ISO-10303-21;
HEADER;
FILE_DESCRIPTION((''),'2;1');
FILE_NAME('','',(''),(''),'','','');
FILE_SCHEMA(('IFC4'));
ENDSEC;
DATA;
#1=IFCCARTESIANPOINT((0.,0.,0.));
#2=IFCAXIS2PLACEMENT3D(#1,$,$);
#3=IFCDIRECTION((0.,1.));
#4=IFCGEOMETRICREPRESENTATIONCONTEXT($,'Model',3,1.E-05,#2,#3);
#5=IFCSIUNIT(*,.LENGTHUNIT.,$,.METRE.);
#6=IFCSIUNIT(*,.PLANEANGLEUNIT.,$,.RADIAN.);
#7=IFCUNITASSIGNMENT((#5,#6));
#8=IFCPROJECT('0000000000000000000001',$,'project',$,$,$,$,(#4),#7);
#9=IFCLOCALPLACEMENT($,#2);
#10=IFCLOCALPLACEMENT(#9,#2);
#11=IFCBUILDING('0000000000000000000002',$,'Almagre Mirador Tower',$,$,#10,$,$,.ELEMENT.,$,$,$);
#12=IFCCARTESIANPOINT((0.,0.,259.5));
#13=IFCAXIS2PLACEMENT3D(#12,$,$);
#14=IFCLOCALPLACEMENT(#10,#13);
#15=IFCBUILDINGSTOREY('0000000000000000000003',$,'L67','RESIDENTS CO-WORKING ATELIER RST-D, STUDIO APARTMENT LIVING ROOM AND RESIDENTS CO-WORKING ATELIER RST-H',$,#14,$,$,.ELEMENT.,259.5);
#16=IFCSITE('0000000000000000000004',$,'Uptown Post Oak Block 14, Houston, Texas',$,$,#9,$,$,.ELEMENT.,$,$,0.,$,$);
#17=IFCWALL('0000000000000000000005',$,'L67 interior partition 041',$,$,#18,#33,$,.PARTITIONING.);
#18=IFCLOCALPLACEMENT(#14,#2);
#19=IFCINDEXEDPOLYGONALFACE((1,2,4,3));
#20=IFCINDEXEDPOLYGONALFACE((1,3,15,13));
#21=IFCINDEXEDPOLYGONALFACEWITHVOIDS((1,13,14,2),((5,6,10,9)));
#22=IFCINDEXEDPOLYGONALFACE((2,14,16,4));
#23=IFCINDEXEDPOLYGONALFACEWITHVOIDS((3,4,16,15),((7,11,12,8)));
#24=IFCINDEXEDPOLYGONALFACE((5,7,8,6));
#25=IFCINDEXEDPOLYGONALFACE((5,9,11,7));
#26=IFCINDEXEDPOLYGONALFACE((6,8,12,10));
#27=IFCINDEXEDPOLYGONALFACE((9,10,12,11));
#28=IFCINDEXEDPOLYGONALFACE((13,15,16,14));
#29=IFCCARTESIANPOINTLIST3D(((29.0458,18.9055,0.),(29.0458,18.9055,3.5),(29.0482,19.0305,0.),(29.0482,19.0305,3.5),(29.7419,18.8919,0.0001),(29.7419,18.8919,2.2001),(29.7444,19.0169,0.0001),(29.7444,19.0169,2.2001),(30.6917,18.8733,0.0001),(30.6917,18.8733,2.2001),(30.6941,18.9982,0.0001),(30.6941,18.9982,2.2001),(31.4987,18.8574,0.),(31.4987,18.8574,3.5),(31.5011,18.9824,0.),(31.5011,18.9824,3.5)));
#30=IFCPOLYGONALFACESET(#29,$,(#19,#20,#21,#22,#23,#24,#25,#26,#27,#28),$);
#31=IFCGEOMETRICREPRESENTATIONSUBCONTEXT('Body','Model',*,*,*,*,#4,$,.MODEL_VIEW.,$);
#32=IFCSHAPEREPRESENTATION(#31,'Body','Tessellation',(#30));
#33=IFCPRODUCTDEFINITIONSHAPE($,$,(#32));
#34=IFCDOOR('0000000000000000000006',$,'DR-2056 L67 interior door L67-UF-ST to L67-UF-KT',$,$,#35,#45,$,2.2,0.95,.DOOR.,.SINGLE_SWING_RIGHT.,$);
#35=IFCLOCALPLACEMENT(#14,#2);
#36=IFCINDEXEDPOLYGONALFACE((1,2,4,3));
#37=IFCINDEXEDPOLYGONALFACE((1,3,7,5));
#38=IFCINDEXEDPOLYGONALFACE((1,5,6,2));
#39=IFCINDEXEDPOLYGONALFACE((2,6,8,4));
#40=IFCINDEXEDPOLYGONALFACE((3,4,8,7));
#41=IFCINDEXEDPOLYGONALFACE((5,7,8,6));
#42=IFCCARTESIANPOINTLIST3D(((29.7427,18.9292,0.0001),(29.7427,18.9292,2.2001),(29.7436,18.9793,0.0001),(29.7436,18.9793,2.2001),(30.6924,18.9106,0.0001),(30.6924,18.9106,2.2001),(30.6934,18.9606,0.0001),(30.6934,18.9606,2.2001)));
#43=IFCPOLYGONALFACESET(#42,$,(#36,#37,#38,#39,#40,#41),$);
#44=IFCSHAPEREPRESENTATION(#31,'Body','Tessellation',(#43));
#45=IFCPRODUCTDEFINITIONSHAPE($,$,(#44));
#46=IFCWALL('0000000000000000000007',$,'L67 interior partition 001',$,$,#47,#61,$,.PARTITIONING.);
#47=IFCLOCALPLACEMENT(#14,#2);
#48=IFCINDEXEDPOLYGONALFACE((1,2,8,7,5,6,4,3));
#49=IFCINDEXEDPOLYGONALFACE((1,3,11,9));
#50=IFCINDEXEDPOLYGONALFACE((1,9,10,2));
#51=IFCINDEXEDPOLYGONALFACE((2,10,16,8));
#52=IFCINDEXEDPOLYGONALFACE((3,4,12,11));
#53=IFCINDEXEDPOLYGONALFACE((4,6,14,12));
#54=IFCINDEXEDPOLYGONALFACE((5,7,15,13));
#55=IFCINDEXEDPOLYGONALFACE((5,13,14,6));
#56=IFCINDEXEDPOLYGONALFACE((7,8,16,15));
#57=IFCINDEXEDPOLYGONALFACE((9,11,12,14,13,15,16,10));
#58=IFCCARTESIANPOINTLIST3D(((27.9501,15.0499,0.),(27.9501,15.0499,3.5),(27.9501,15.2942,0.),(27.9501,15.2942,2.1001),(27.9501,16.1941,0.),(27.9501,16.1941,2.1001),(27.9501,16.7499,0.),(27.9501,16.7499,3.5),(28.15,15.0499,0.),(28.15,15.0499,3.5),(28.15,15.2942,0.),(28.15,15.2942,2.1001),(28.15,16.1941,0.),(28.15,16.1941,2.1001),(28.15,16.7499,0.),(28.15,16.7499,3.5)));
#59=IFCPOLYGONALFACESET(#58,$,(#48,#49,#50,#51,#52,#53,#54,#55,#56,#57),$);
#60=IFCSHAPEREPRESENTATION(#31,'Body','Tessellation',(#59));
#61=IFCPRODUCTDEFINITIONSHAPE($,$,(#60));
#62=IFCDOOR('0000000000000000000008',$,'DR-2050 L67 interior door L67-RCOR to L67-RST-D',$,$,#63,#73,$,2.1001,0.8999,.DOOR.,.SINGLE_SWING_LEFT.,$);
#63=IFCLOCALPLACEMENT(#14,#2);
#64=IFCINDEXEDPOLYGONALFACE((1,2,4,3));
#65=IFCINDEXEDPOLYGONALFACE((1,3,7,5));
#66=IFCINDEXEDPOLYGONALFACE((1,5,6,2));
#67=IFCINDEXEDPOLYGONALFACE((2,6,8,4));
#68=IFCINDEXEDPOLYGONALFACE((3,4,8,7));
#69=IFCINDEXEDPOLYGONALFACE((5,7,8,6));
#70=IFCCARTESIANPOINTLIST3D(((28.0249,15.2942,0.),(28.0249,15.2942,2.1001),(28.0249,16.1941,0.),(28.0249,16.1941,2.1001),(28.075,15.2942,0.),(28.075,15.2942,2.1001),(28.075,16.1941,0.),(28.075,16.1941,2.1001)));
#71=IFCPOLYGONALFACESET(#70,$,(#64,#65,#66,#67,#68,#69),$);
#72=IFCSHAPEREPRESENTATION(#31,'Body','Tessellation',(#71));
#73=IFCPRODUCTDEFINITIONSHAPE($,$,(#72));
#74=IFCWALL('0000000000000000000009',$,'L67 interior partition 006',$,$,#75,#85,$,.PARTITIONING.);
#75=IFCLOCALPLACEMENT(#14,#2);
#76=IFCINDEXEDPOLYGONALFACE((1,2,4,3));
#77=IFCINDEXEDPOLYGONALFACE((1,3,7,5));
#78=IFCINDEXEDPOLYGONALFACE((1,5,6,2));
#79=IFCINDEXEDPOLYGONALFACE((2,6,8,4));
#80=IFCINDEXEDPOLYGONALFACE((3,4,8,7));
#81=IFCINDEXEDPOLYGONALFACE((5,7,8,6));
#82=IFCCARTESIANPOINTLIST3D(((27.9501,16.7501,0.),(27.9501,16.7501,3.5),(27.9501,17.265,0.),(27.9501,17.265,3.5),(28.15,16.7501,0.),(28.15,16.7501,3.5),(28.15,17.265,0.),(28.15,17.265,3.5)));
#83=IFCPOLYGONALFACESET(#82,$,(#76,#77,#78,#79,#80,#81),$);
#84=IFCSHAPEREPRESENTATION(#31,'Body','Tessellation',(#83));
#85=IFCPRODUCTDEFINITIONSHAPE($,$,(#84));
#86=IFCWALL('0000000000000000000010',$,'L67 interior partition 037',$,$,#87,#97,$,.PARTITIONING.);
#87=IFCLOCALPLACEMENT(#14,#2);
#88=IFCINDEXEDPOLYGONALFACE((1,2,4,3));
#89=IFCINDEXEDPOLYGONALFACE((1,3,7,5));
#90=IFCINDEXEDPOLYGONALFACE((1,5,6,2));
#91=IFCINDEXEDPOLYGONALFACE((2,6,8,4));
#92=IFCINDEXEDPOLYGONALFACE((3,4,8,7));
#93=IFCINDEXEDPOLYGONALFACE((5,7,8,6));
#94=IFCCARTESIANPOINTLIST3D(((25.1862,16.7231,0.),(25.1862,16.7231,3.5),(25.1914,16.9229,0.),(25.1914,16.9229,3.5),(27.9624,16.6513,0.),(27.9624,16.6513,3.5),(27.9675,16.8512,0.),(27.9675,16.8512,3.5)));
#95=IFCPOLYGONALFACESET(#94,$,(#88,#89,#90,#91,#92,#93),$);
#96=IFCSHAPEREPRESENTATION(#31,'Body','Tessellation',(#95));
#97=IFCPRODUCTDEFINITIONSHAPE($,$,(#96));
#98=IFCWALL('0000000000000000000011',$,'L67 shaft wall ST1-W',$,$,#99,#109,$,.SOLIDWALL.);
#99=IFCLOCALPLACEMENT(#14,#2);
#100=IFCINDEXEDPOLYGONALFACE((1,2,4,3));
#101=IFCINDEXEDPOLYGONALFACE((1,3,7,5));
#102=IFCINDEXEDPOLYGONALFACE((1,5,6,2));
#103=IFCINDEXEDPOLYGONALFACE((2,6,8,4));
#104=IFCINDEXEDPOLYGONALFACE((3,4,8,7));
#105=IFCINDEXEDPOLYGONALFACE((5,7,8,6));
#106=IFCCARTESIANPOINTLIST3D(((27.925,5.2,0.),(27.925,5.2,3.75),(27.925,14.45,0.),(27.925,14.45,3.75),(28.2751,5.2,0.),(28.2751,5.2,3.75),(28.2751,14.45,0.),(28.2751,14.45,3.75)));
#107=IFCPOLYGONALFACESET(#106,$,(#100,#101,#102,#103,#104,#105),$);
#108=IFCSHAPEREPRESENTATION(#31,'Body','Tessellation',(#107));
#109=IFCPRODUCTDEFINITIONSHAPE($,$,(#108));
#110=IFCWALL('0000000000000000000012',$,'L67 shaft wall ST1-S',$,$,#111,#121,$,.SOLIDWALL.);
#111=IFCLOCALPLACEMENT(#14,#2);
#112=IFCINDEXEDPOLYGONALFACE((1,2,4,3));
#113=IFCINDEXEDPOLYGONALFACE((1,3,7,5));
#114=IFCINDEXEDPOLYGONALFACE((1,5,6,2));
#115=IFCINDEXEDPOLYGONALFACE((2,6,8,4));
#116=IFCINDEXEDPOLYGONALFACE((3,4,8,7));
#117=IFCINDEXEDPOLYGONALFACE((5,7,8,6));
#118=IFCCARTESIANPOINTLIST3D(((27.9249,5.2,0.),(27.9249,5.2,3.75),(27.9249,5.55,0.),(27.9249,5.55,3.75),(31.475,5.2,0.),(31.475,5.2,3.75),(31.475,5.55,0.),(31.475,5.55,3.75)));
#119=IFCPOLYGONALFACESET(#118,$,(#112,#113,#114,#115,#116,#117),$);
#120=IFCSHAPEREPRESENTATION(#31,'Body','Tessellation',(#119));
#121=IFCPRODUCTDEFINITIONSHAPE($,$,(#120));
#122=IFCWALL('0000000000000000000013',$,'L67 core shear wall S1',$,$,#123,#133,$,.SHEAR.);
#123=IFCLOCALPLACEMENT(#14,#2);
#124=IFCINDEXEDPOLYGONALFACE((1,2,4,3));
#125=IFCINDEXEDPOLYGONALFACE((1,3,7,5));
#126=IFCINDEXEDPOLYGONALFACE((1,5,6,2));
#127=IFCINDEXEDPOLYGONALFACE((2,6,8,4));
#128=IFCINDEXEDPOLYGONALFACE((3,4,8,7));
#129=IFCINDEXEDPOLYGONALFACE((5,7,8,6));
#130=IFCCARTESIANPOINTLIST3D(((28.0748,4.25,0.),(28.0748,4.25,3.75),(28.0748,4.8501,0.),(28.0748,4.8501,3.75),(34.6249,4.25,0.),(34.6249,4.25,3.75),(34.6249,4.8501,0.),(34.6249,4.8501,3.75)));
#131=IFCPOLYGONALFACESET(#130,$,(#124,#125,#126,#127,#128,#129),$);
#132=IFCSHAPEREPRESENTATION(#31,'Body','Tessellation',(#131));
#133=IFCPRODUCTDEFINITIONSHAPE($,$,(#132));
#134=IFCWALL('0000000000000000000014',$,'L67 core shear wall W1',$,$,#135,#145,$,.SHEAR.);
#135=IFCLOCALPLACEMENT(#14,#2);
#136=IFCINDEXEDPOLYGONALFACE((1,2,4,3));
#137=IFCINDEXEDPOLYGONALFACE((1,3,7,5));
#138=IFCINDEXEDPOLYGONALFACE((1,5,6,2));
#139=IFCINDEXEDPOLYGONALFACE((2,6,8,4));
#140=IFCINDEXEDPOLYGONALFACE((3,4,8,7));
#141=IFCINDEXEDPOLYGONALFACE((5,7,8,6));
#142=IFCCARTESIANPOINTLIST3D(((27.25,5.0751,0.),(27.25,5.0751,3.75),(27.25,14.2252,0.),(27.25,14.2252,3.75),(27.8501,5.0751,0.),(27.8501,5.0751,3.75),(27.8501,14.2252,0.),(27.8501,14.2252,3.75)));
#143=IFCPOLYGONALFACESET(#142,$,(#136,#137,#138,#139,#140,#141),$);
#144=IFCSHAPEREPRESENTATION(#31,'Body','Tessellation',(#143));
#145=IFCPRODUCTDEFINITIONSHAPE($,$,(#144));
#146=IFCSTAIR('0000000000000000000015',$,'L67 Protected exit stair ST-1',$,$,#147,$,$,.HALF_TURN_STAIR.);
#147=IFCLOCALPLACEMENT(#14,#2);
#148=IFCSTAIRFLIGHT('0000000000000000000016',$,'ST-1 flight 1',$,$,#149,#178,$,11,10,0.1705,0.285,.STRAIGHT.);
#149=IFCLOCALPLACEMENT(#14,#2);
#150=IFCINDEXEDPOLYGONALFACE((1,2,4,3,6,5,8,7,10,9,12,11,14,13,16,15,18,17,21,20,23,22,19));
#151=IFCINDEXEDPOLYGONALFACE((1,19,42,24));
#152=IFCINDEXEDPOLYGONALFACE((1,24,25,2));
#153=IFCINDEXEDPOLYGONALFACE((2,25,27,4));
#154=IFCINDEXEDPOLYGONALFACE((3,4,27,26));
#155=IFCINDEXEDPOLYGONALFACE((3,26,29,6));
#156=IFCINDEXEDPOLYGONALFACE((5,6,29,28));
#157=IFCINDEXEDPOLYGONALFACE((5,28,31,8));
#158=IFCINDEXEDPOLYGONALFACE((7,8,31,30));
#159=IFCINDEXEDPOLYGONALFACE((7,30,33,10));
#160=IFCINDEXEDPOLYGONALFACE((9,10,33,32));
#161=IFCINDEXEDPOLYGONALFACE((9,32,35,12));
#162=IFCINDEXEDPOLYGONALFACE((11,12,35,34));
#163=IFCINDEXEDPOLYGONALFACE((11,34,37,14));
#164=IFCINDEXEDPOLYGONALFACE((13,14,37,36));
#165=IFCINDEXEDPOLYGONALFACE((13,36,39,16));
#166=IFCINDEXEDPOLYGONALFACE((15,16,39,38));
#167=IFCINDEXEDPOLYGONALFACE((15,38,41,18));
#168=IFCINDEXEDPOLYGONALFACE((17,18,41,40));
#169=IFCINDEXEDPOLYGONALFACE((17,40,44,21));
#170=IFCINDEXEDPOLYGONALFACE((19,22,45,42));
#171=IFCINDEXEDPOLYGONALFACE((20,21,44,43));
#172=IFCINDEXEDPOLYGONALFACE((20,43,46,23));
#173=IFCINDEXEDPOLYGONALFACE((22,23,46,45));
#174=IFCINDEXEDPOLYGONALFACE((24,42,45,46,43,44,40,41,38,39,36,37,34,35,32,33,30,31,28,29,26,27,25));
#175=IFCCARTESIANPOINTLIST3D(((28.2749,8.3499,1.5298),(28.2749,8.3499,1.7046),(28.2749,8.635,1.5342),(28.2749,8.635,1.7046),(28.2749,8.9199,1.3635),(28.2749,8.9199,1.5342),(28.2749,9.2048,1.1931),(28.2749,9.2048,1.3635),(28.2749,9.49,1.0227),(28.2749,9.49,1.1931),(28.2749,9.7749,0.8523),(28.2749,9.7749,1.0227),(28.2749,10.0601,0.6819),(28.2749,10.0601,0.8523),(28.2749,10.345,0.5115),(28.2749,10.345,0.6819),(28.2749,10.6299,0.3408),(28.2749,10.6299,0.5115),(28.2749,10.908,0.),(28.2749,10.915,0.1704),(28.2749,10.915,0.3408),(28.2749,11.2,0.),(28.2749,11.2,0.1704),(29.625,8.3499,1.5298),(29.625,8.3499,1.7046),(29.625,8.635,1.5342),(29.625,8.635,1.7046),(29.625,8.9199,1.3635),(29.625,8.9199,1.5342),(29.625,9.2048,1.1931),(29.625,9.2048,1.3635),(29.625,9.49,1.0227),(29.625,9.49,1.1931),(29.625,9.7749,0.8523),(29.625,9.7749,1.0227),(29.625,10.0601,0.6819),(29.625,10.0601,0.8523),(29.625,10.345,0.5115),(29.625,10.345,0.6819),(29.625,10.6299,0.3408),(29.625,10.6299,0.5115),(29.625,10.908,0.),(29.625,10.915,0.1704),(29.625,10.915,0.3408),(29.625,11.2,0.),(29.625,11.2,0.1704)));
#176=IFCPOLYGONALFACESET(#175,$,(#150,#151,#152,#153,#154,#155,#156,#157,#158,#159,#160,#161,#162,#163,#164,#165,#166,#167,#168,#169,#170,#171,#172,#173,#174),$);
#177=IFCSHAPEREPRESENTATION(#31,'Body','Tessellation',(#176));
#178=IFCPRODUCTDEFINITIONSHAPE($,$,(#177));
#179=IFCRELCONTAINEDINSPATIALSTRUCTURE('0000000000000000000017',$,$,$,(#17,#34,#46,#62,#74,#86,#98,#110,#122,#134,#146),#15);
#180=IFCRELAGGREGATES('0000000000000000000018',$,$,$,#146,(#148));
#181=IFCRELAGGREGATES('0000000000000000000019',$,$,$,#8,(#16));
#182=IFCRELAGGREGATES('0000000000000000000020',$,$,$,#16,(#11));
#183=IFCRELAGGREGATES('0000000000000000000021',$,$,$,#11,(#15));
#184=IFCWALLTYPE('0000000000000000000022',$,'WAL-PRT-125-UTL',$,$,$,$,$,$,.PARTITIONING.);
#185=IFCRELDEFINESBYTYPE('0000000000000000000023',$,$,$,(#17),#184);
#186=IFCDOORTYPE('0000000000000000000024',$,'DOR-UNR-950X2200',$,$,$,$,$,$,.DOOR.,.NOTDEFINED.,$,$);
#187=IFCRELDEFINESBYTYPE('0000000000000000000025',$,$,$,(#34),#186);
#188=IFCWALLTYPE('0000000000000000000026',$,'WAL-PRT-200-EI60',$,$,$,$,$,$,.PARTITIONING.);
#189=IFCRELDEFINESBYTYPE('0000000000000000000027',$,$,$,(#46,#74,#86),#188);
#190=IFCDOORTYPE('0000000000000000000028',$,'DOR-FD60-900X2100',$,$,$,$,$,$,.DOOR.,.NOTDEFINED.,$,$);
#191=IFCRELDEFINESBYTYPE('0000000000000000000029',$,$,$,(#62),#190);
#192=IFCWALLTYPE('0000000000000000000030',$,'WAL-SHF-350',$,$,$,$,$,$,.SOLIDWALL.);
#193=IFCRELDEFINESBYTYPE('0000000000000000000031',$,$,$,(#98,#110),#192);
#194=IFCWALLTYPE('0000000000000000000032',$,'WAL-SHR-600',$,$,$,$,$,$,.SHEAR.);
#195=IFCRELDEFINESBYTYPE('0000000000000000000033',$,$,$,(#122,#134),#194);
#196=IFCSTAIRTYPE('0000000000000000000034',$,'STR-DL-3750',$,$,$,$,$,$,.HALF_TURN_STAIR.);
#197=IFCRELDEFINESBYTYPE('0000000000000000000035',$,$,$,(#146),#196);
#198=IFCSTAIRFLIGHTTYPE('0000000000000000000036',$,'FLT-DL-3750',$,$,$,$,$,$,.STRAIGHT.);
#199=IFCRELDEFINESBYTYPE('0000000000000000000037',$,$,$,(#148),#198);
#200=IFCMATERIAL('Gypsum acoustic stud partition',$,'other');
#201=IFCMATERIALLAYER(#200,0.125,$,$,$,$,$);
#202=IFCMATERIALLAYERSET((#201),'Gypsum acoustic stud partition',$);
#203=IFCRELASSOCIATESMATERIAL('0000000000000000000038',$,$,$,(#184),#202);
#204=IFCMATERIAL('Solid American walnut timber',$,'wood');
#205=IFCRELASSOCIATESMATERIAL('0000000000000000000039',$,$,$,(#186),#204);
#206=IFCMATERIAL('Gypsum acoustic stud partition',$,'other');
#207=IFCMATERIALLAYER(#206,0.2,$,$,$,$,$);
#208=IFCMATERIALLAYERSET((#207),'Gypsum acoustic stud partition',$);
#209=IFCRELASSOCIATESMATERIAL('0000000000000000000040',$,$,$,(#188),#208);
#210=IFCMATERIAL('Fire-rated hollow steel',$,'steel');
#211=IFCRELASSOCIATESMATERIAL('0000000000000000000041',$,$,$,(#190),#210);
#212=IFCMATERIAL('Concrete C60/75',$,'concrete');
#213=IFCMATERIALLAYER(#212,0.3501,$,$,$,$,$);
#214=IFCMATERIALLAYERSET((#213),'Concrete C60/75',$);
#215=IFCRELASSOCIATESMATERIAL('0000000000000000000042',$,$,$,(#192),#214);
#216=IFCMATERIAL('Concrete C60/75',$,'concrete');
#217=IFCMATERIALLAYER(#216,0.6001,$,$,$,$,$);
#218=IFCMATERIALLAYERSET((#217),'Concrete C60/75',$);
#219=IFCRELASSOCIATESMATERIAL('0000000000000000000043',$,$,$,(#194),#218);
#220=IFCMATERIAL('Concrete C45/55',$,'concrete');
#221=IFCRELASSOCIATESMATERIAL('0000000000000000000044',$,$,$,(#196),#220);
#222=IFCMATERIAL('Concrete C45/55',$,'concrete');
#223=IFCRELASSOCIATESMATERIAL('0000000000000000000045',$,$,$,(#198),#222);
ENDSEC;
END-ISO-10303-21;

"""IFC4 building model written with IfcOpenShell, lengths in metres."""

from ifc_helpers import new_model, si_unit, direction, frame, frame_2d, origin, place, context, subcontext, project, spatial, polyline, rectangle, outline, extrude, material, layer, layer_set, type_object, element, fill, aggregate, save


model = new_model("IFC4")

# Units and contexts
model_context = context("Model", 3, precision=1e-05, world=origin(), true_north=direction((0.0, 1.0)))
body_context = subcontext(model_context, "Body", "Model", "MODEL_VIEW")
ifc_project = project(units=[si_unit("LENGTHUNIT", "METRE"), si_unit("PLANEANGLEUNIT", "RADIAN")], contexts=[model_context])

# Site, building, storey
site_placement = place(None, origin())
site = spatial("IfcSite", under=ifc_project, at=site_placement, Name="Uptown Post Oak Block 14, Houston, Texas", CompositionType="ELEMENT", RefElevation=0.0)
building_placement = place(site_placement, origin())
building = spatial("IfcBuilding", under=site, at=building_placement, Name="Almagre Mirador Tower", CompositionType="ELEMENT")
storey_placement = place(building_placement, frame((0.0, 0.0, 259.5)))
storey = spatial("IfcBuildingStorey", under=building, at=storey_placement, Name="L67", Description="RESIDENTS CO-WORKING ATELIER RST-D, STUDIO APARTMENT LIVING ROOM AND RESIDENTS CO-WORKING ATELIER RST-H", CompositionType="ELEMENT", Elevation=259.5)

# Walls, openings, doors
ifc_material_1 = material(Name="Gypsum acoustic stud partition", Category="other")
ifc_layer_1 = layer(ifc_material_1, 0.125)
ifc_layer_set_1 = layer_set([ifc_layer_1], Name="Gypsum acoustic stud partition")
wall_type_1 = type_object("IfcWallType", Name="WAL-PRT-125-UTL", PredefinedType="PARTITIONING", material=ifc_layer_set_1)
wall_1_placement = place(storey_placement, frame((29.0471, 18.968, 0.0), z_axis=(0.0, 0.0, 1.0), x_axis=(0.999808, -0.019604, 0.0)))
wall_1 = element("IfcWall", 1, at=wall_1_placement, inside=storey, type_object=wall_type_1, Name="L67 interior partition 041", PredefinedType="PARTITIONING", context=body_context, shape_type="SweptSolid", body=[
    extrude(rectangle(XDim=2.4534, YDim=0.125, at=frame_2d((1.2266, 0.0))), origin(), (0.0, 0.0, 1.0), 3.5),
])
opening_1_placement = place(wall_1_placement, frame((0.696, 0.0, 0.0)))
opening_1 = element("IfcOpeningElement", 2, at=opening_1_placement, cuts=wall_1, PredefinedType="OPENING", context=body_context, shape_type="SweptSolid", body=[
    extrude(rectangle(XDim=0.95, YDim=2.2, at=frame_2d((0.4751, 1.1001))), frame((0.0, 0.0725, 0.0), z_axis=(0.0, -1.0, 0.0), x_axis=(1.0, 0.0, 0.0)), (0.0, 0.0, 1.0), 0.145),
])
ifc_material_2 = material(Name="Solid American walnut timber", Category="wood")
door_type_1 = type_object("IfcDoorType", Name="DOR-UNR-950X2200", OperationType="NOTDEFINED", PredefinedType="DOOR", material=ifc_material_2)
door_1_placement = place(opening_1_placement, origin())
door_1 = element("IfcDoor", 3, at=door_1_placement, inside=storey, type_object=door_type_1, Name="DR-2056 L67 interior door L67-UF-ST to L67-UF-KT", OperationType="SINGLE_SWING_RIGHT", OverallHeight=2.2, OverallWidth=0.95, PredefinedType="DOOR", context=body_context, shape_type="SweptSolid", body=[
    extrude(rectangle(XDim=0.95, YDim=2.2, at=frame_2d((0.4751, 1.1001))), frame((0.0, 0.0249, 0.0), z_axis=(0.0, -1.0, 0.0), x_axis=(1.0, 0.0, 0.0)), (0.0, 0.0, 1.0), 0.05),
])
fill(opening_1, door_1)
ifc_material_3 = material(Name="Gypsum acoustic stud partition", Category="other")
ifc_layer_2 = layer(ifc_material_3, 0.2)
ifc_layer_set_2 = layer_set([ifc_layer_2], Name="Gypsum acoustic stud partition")
wall_type_2 = type_object("IfcWallType", Name="WAL-PRT-200-EI60", PredefinedType="PARTITIONING", material=ifc_layer_set_2)
wall_2_placement = place(storey_placement, frame((28.05, 16.75, 0.0), z_axis=(0.0, 0.0, 1.0), x_axis=(0.0, -1.0, 0.0)))
wall_2 = element("IfcWall", 4, at=wall_2_placement, inside=storey, type_object=wall_type_2, Name="L67 interior partition 001", PredefinedType="PARTITIONING", context=body_context, shape_type="SweptSolid", body=[
    extrude(rectangle(XDim=1.7, YDim=0.2, at=frame_2d((0.8501, 0.0))), origin(), (0.0, 0.0, 1.0), 3.5),
])
opening_2_placement = place(wall_2_placement, frame((0.5559, 0.0, 0.0)))
opening_2 = element("IfcOpeningElement", 5, at=opening_2_placement, cuts=wall_2, PredefinedType="OPENING", context=body_context, shape_type="SweptSolid", body=[
    extrude(rectangle(XDim=0.8999, YDim=2.1001, at=frame_2d((0.45, 1.05))), frame((0.0, 0.1101, 0.0), z_axis=(0.0, -1.0, 0.0), x_axis=(1.0, 0.0, 0.0)), (0.0, 0.0, 1.0), 0.22),
])
ifc_material_4 = material(Name="Fire-rated hollow steel", Category="steel")
door_type_2 = type_object("IfcDoorType", Name="DOR-FD60-900X2100", OperationType="NOTDEFINED", PredefinedType="DOOR", material=ifc_material_4)
door_2_placement = place(opening_2_placement, origin())
door_2 = element("IfcDoor", 6, at=door_2_placement, inside=storey, type_object=door_type_2, Name="DR-2050 L67 interior door L67-RCOR to L67-RST-D", OperationType="SINGLE_SWING_LEFT", OverallHeight=2.1001, OverallWidth=0.8999, PredefinedType="DOOR", context=body_context, shape_type="SweptSolid", body=[
    extrude(rectangle(XDim=0.8999, YDim=2.1001, at=frame_2d((0.45, 1.05))), frame((0.0, 0.0249, 0.0), z_axis=(0.0, -1.0, 0.0), x_axis=(1.0, 0.0, 0.0)), (0.0, 0.0, 1.0), 0.05),
])
fill(opening_2, door_2)

# Walls
wall_3_placement = place(storey_placement, frame((28.05, 17.2649, 0.0), z_axis=(0.0, 0.0, 1.0), x_axis=(0.0, -1.0, 0.0)))
element("IfcWall", 7, at=wall_3_placement, inside=storey, type_object=wall_type_2, Name="L67 interior partition 006", PredefinedType="PARTITIONING", context=body_context, shape_type="SweptSolid", body=[
    extrude(rectangle(XDim=0.5149, YDim=0.2, at=frame_2d((0.2573, 0.0))), origin(), (0.0, 0.0, 1.0), 3.5),
])
wall_4_placement = place(storey_placement, frame((27.9651, 16.7512, 0.0), z_axis=(0.0, 0.0, 1.0), x_axis=(-0.999666, 0.025847, 0.0)))
element("IfcWall", 8, at=wall_4_placement, inside=storey, type_object=wall_type_2, Name="L67 interior partition 037", PredefinedType="PARTITIONING", context=body_context, shape_type="SweptSolid", body=[
    extrude(rectangle(XDim=2.7771, YDim=0.2, at=frame_2d((1.3887, 0.0))), origin(), (0.0, 0.0, 1.0), 3.5),
])
ifc_material_5 = material(Name="Concrete C60/75", Category="concrete")
ifc_layer_3 = layer(ifc_material_5, 0.3501)
ifc_layer_set_3 = layer_set([ifc_layer_3], Name="Concrete C60/75")
wall_type_3 = type_object("IfcWallType", Name="WAL-SHF-350", PredefinedType="SOLIDWALL", material=ifc_layer_set_3)
wall_5_placement = place(storey_placement, frame((28.1001, 5.2, 0.0), z_axis=(0.0, 0.0, 1.0), x_axis=(0.0, 1.0, 0.0)))
element("IfcWall", 9, at=wall_5_placement, inside=storey, type_object=wall_type_3, Name="L67 shaft wall ST1-W", PredefinedType="SOLIDWALL", context=body_context, shape_type="SweptSolid", body=[
    extrude(rectangle(XDim=9.25, YDim=0.3501, at=frame_2d((4.625, 0.0))), origin(), (0.0, 0.0, 1.0), 3.75),
])
wall_6_placement = place(storey_placement, frame((27.925, 5.375, 0.0), z_axis=(0.0, 0.0, 1.0), x_axis=(1.0, 0.0, 0.0)))
element("IfcWall", 10, at=wall_6_placement, inside=storey, type_object=wall_type_3, Name="L67 shaft wall ST1-S", PredefinedType="SOLIDWALL", context=body_context, shape_type="SweptSolid", body=[
    extrude(rectangle(XDim=3.55, YDim=0.3501, at=frame_2d((1.7749, 0.0))), origin(), (0.0, 0.0, 1.0), 3.75),
])
ifc_material_6 = material(Name="Concrete C60/75", Category="concrete")
ifc_layer_4 = layer(ifc_material_6, 0.6001)
ifc_layer_set_4 = layer_set([ifc_layer_4], Name="Concrete C60/75")
wall_type_4 = type_object("IfcWallType", Name="WAL-SHR-600", PredefinedType="SHEAR", material=ifc_layer_set_4)
wall_7_placement = place(storey_placement, frame((28.075, 4.55, 0.0), z_axis=(0.0, 0.0, 1.0), x_axis=(1.0, 0.0, 0.0)))
element("IfcWall", 11, at=wall_7_placement, inside=storey, type_object=wall_type_4, Name="L67 core shear wall S1", PredefinedType="SHEAR", context=body_context, shape_type="SweptSolid", body=[
    extrude(rectangle(XDim=6.55, YDim=0.6001, at=frame_2d((3.2749, 0.0))), origin(), (0.0, 0.0, 1.0), 3.75),
])

# Wall
wall_8_placement = place(storey_placement, frame((27.55, 5.075, 0.0), z_axis=(0.0, 0.0, 1.0), x_axis=(0.0, 1.0, 0.0)))
element("IfcWall", 12, at=wall_8_placement, inside=storey, type_object=wall_type_4, Name="L67 core shear wall W1", PredefinedType="SHEAR", context=body_context, shape_type="SweptSolid", body=[
    extrude(rectangle(XDim=9.1501, YDim=0.6001, at=frame_2d((4.5752, 0.0))), origin(), (0.0, 0.0, 1.0), 3.75),
])

# Stair, stair flight
ifc_material_7 = material(Name="Concrete C45/55", Category="concrete")
stair_type = type_object("IfcStairType", Name="STR-DL-3750", PredefinedType="HALF_TURN_STAIR", material=ifc_material_7)
stair_placement = place(storey_placement, origin())
stair = element("IfcStair", 13, at=stair_placement, inside=storey, type_object=stair_type, Name="L67 Protected exit stair ST-1", PredefinedType="HALF_TURN_STAIR")
ifc_material_8 = material(Name="Concrete C45/55", Category="concrete")
stair_flight_type = type_object("IfcStairFlightType", Name="FLT-DL-3750", PredefinedType="STRAIGHT", material=ifc_material_8)
stair_flight_placement = place(storey_placement, frame((28.95, 11.2, 0.0), z_axis=(0.0, 0.0, 1.0), x_axis=(0.0, -1.0, 0.0)))
stair_flight = element("IfcStairFlight", 14, at=stair_flight_placement, type_object=stair_flight_type, Name="ST-1 flight 1", NumberOfRisers=11, NumberOfTreads=10, PredefinedType="STRAIGHT", RiserHeight=0.1705, TreadLength=0.285, context=body_context, shape_type="SweptSolid", body=[
    extrude(outline(polyline([(0.0, 0.0), (0.0, 0.1704), (0.2849, 0.1704), (0.2849, 0.3408), (0.5701, 0.3408), (0.5701, 0.5115), (0.855, 0.5115), (0.855, 0.6819), (1.1399, 0.6819), (1.1399, 0.8523), (1.425, 0.8523), (1.425, 1.0227), (1.71, 1.0227), (1.71, 1.1931), (1.9951, 1.1931), (1.9951, 1.3635), (2.28, 1.3635), (2.28, 1.5342), (2.5649, 1.5342), (2.5649, 1.7046), (2.8501, 1.7046), (2.8501, 1.875), (2.8501, 1.5298), (0.292, 0.0), (0.0, 0.0)])), frame((0.0, 0.675, 0.0), z_axis=(0.0, -1.0, 0.0), x_axis=(1.0, 0.0, 0.0)), (0.0, 0.0, 1.0), 1.3501),
])
aggregate(stair, [stair_flight])

save(model, "model.ifc")
